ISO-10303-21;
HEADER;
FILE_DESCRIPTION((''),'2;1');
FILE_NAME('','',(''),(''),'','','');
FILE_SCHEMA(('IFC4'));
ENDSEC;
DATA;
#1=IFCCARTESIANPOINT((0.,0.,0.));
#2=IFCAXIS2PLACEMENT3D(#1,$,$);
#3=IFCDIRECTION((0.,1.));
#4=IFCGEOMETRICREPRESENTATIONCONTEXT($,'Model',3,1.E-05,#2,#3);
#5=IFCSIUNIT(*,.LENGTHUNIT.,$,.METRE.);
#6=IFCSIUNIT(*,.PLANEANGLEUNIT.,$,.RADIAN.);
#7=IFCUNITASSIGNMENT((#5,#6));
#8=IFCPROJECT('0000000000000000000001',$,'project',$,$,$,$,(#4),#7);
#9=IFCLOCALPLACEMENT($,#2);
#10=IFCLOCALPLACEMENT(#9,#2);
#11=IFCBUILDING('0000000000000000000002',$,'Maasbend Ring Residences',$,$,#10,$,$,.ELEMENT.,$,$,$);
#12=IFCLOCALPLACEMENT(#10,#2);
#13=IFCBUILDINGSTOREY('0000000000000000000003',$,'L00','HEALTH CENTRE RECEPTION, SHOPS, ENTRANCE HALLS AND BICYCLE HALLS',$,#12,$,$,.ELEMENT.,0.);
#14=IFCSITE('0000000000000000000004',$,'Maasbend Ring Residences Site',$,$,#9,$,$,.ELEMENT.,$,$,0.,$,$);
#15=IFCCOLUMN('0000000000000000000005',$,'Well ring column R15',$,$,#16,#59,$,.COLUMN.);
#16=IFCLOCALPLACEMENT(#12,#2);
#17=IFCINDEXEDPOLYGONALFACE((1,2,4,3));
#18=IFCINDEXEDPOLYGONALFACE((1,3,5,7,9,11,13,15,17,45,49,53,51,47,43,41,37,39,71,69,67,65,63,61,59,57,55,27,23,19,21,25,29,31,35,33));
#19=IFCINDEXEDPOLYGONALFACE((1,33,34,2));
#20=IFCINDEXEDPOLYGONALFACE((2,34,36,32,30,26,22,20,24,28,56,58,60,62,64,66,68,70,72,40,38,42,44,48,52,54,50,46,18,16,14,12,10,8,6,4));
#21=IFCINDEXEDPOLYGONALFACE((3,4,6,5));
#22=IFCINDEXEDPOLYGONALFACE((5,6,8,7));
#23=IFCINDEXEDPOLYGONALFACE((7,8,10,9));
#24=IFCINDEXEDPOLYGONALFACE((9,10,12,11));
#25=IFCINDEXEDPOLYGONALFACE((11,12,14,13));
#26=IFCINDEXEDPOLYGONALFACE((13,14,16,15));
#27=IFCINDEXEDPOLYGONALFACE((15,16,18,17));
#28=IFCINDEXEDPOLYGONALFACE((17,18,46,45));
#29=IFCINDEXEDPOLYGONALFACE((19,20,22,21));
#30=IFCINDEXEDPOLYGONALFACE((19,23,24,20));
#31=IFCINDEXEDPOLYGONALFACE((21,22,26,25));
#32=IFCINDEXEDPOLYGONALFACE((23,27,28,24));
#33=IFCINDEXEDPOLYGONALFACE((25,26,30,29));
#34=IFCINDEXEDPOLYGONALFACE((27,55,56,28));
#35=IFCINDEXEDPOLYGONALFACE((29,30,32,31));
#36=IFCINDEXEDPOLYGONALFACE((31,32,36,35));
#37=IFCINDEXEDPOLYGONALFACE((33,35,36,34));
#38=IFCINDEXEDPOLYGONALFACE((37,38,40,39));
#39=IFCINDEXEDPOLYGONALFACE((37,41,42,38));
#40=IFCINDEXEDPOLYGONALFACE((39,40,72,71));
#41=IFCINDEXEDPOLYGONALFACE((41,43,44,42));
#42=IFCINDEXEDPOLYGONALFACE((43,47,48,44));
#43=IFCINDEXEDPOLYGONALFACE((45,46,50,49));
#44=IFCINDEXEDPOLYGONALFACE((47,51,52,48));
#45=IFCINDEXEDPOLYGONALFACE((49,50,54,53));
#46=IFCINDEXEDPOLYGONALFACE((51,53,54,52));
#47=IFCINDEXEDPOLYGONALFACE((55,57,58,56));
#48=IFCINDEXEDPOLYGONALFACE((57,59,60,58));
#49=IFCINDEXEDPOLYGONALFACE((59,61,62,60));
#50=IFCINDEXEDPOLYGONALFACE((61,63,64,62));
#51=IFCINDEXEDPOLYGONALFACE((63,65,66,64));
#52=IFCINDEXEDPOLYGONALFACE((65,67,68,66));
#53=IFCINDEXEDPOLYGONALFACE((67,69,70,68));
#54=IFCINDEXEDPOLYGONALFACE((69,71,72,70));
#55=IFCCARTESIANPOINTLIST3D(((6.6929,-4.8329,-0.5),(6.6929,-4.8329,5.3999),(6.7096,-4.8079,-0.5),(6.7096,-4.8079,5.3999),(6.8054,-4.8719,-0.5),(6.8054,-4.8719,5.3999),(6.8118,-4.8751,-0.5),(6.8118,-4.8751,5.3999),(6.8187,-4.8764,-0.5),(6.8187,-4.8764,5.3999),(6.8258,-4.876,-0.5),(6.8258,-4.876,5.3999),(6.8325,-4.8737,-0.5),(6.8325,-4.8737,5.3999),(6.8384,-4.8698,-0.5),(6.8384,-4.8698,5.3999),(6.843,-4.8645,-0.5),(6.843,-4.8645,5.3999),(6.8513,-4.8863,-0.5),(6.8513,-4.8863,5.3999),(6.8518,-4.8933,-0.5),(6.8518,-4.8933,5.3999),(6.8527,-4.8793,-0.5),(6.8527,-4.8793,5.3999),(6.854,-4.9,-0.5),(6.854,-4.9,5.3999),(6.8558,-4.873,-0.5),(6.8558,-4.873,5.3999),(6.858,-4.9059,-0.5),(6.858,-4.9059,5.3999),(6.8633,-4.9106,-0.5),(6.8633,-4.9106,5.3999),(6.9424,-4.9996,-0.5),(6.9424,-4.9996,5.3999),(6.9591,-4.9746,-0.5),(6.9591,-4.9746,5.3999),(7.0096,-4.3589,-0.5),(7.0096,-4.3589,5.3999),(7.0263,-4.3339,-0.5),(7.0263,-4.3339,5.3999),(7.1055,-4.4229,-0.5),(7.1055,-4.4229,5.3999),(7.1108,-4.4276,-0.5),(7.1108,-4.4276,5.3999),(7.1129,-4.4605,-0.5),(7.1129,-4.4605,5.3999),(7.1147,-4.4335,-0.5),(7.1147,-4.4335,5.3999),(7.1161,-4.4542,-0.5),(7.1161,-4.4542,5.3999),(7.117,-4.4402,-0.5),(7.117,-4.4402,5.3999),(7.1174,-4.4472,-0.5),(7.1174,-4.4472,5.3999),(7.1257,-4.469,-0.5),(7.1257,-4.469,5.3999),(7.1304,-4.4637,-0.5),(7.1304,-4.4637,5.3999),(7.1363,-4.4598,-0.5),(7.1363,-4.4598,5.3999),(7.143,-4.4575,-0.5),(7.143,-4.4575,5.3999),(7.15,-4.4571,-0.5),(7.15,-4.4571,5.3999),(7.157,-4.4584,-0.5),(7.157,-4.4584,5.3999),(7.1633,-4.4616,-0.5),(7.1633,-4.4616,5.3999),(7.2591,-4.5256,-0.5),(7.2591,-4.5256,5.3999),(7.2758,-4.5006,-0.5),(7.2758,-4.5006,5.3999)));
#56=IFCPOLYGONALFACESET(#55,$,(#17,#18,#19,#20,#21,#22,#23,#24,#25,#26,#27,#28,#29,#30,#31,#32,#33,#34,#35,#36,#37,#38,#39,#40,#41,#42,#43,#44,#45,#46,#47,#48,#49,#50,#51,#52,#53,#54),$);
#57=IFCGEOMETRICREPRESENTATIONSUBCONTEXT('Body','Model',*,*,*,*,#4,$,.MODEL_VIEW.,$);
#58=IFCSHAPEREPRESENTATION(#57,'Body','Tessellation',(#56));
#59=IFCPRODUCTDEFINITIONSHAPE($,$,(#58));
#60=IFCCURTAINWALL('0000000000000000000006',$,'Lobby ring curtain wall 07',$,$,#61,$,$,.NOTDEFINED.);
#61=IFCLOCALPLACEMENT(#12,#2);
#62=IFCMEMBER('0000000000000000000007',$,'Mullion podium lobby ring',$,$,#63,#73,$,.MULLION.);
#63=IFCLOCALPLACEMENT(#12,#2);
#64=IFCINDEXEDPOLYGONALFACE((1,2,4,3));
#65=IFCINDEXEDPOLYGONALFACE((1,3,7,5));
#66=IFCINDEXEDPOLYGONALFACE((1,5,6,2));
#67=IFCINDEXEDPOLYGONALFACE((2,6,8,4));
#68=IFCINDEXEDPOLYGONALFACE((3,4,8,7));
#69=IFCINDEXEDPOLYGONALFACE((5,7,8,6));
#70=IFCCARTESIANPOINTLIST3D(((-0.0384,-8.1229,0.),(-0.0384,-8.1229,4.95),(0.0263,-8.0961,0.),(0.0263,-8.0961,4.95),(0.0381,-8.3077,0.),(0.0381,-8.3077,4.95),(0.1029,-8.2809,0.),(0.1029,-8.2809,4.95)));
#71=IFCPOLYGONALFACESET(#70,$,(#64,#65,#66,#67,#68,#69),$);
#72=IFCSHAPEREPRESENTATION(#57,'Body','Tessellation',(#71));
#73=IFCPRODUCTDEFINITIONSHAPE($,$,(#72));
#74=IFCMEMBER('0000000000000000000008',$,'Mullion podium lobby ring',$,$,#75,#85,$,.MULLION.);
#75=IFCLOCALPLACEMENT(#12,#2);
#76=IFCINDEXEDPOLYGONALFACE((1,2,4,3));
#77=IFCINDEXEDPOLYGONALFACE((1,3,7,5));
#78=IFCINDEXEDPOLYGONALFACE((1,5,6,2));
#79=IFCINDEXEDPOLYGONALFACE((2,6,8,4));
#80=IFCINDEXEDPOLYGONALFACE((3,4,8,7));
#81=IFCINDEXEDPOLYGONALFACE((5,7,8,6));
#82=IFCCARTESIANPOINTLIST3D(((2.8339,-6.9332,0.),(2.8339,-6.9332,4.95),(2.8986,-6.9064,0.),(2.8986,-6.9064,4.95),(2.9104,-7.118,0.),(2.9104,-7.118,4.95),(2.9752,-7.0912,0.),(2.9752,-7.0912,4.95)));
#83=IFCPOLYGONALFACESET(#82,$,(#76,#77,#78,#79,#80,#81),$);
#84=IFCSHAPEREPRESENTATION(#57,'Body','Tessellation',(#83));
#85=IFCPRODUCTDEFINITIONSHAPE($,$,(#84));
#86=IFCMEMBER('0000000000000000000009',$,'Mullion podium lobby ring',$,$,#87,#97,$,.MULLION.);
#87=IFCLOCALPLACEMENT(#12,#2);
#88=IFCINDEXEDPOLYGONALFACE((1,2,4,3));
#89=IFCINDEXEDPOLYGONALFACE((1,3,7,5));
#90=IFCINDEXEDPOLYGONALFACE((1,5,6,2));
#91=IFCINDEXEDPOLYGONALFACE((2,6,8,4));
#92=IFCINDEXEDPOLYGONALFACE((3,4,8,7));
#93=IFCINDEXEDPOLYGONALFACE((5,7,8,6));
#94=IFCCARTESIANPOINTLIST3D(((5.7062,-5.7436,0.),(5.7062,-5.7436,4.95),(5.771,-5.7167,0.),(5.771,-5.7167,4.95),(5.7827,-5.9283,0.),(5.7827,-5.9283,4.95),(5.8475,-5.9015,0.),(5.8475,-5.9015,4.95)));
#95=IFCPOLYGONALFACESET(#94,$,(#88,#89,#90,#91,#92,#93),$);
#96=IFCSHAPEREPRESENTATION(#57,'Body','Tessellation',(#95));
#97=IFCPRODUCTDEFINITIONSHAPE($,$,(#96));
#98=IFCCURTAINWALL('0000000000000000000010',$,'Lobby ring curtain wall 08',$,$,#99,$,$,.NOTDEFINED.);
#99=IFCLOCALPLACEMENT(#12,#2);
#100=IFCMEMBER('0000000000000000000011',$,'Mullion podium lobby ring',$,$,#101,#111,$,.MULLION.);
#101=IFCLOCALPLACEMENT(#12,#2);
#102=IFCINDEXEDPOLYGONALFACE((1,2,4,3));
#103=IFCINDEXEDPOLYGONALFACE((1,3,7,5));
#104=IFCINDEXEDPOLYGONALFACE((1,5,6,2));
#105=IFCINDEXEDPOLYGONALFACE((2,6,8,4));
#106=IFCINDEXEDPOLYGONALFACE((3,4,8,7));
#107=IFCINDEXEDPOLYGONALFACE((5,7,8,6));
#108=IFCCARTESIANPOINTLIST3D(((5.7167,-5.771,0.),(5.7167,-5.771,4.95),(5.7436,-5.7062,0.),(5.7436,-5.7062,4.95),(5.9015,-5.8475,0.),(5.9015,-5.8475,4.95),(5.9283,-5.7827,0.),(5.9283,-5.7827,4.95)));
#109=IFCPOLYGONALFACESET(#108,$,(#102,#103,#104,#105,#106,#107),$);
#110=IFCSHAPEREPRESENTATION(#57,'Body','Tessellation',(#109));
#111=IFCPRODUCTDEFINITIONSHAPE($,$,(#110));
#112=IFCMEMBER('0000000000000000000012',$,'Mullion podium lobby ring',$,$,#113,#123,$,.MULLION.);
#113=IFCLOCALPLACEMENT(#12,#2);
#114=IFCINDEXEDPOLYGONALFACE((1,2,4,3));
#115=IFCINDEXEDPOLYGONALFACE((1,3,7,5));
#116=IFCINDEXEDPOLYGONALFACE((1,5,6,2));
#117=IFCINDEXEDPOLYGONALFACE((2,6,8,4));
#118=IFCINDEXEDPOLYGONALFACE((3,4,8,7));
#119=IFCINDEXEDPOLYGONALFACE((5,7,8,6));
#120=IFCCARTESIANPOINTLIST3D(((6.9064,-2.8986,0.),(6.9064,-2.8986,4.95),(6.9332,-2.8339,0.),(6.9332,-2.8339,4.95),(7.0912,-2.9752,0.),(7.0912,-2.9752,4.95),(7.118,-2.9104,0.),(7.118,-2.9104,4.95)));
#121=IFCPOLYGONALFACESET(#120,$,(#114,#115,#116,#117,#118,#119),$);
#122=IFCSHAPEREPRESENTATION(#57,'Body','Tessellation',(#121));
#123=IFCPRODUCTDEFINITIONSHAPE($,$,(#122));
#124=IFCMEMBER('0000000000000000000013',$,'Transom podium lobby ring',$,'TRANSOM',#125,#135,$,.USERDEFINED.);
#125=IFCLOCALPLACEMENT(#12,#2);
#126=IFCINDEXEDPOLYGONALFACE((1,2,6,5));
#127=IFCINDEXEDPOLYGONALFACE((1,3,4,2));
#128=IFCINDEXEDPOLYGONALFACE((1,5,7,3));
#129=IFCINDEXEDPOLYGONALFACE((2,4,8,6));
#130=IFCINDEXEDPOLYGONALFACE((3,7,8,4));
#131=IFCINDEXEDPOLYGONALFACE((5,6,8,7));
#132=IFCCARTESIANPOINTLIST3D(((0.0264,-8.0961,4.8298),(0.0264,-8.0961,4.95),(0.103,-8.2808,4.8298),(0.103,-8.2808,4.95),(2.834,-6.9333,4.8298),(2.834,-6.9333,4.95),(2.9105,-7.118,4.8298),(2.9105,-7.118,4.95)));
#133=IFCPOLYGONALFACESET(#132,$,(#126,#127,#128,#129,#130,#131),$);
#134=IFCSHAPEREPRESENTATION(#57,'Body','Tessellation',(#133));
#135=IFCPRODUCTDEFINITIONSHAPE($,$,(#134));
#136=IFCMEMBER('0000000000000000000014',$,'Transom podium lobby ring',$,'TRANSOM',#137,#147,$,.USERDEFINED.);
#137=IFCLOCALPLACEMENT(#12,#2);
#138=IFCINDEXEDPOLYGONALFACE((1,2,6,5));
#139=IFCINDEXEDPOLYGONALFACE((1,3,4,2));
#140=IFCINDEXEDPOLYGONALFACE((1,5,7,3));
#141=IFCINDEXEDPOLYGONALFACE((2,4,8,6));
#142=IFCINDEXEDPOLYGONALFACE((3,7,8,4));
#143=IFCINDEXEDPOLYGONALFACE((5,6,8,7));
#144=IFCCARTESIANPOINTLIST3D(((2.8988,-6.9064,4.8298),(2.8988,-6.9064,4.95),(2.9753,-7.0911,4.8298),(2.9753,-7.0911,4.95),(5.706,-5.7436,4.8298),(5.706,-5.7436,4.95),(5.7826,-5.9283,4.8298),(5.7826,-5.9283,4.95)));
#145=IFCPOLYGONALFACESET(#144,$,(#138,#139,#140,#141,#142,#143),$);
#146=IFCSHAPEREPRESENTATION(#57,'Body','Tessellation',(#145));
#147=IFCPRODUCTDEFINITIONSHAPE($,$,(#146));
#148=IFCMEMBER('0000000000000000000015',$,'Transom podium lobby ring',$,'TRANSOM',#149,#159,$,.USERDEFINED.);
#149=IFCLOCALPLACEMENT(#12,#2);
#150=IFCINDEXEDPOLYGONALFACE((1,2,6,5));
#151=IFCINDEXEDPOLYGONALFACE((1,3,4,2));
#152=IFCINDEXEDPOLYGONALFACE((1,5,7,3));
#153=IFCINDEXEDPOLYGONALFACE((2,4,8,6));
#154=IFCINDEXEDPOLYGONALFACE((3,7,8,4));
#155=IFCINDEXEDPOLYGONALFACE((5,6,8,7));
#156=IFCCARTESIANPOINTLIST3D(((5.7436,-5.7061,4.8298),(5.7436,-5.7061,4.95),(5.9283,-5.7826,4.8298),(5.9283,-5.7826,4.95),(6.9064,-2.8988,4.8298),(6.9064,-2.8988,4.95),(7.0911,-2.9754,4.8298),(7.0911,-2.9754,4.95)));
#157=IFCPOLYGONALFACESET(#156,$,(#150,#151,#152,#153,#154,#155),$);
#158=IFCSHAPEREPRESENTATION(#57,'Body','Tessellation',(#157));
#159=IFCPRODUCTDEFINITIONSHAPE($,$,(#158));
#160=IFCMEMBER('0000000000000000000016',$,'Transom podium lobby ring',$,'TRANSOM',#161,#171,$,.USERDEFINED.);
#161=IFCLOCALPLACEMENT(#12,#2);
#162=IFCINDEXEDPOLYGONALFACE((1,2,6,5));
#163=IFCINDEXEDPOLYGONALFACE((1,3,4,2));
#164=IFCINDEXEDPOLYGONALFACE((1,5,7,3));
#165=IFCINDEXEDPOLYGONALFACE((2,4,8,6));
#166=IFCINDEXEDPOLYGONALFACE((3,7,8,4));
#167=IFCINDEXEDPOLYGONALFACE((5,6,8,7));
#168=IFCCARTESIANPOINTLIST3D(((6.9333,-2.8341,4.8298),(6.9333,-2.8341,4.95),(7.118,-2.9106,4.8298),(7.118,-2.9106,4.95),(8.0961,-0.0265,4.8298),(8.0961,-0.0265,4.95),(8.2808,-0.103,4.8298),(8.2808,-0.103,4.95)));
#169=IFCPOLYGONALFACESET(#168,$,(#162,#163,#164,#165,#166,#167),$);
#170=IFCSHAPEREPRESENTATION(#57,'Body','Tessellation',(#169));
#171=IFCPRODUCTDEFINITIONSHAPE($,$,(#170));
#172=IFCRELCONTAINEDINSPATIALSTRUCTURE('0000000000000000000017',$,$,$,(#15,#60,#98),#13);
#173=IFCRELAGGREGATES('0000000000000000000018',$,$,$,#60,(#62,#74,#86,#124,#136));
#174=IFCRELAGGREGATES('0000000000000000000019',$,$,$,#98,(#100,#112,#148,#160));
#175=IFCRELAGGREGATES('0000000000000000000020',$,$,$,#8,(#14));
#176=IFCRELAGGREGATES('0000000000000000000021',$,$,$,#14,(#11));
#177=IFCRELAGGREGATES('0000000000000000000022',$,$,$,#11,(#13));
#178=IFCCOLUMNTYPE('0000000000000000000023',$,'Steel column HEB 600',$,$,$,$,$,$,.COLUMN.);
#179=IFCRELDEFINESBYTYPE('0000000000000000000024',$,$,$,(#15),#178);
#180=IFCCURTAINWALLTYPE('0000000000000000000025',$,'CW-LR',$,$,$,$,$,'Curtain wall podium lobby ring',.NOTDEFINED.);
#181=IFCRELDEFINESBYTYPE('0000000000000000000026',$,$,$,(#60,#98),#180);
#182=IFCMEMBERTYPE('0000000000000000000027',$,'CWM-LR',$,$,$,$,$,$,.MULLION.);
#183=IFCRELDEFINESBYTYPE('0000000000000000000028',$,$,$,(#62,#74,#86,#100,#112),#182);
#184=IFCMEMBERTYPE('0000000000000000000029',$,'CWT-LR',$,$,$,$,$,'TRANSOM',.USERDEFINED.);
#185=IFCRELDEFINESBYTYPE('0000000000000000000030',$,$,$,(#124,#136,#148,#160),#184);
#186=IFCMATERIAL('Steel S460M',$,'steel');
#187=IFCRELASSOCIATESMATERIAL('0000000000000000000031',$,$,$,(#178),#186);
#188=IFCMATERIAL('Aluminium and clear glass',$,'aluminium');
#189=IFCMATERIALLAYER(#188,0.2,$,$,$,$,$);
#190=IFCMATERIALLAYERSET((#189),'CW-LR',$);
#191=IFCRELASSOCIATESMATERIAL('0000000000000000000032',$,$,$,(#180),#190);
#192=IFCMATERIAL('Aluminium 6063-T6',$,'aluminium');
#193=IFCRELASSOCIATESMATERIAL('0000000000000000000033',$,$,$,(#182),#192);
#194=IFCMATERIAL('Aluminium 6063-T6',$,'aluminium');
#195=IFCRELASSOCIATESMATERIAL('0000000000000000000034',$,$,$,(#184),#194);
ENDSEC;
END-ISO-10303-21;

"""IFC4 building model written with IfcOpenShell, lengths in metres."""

from ifc_helpers import new_model, si_unit, direction, frame, origin, origin_2d, place, context, subcontext, project, spatial, rectangle, i_section, extrude, material, layer, layer_set, material_profile, profile_set, type_object, element, aggregate, save


model = new_model("IFC4")

# Units and contexts
model_context = context("Model", 3, precision=1e-05, world=origin(), true_north=direction((0.0, 1.0)))
body_context = subcontext(model_context, "Body", "Model", "MODEL_VIEW")
ifc_project = project(units=[si_unit("LENGTHUNIT", "METRE"), si_unit("PLANEANGLEUNIT", "RADIAN")], contexts=[model_context])

# Site, building, storey
site_placement = place(None, origin())
site = spatial("IfcSite", under=ifc_project, at=site_placement, Name="Maasbend Ring Residences Site", CompositionType="ELEMENT", RefElevation=0.0)
building_placement = place(site_placement, origin())
building = spatial("IfcBuilding", under=site, at=building_placement, Name="Maasbend Ring Residences", CompositionType="ELEMENT")
storey_placement = place(building_placement, origin())
storey = spatial("IfcBuildingStorey", under=building, at=storey_placement, Name="L00", Description="HEALTH CENTRE RECEPTION, SHOPS, ENTRANCE HALLS AND BICYCLE HALLS", CompositionType="ELEMENT", Elevation=0.0)

# Column
ifc_material_1 = material(Name="Steel S460M", Category="steel")
ifc_material_profile_1 = material_profile(ifc_material_1, i_section(OverallWidth=0.3, OverallDepth=0.6001, WebThickness=0.0154, FlangeThickness=0.03, FilletRadius=0.0271, at=origin_2d()), Name="HEB 600")
ifc_profile_set_1 = profile_set([ifc_material_profile_1], Name="Steel S460M")
column_type = type_object("IfcColumnType", Name="Steel column HEB 600", PredefinedType="COLUMN", material=ifc_profile_set_1)
for number, where, z_axis, x_axis, name in (
    (1, (6.9844, -4.6667, -0.5), (0.0, 0.0, 1.0), (0.83147, -0.55557, 0.0), "Well ring column R15"),
):
    element("IfcColumn", number, at=place(storey_placement, frame(where, z_axis=z_axis, x_axis=x_axis)), inside=storey, type_object=column_type, Name=name, PredefinedType="COLUMN", context=body_context, shape_type="SweptSolid", body=[
        extrude(i_section(OverallWidth=0.3, OverallDepth=0.6001, WebThickness=0.0154, FlangeThickness=0.03, FilletRadius=0.0271, at=origin_2d()), origin(), (0.0, 0.0, 1.0), 5.8999),
    ])

# Curtain walls, members
ifc_material_2 = material(Name="Aluminium and clear glass", Category="aluminium")
ifc_layer_1 = layer(ifc_material_2, 0.2)
ifc_layer_set_1 = layer_set([ifc_layer_1], Name="CW-LR")
curtain_wall_type = type_object("IfcCurtainWallType", Name="CW-LR", ElementType="Curtain wall podium lobby ring", PredefinedType="NOTDEFINED", material=ifc_layer_set_1)
curtain_wall_1_placement = place(storey_placement, origin())
curtain_wall_1 = element("IfcCurtainWall", 2, at=curtain_wall_1_placement, inside=storey, type_object=curtain_wall_type, Name="Lobby ring curtain wall 07", PredefinedType="NOTDEFINED")
ifc_material_3 = material(Name="Aluminium 6063-T6", Category="aluminium")
ifc_material_profile_2 = material_profile(ifc_material_3, rectangle(XDim=0.2, YDim=0.0701, at=origin_2d()), Name="AL 200x70")
ifc_profile_set_2 = profile_set([ifc_material_profile_2], Name="Aluminium 6063-T6")
member_type_1 = type_object("IfcMemberType", Name="CWM-LR", PredefinedType="MULLION", material=ifc_profile_set_2)
member_1_placement = place(storey_placement, frame((0.0322, -8.2019, 0.0), z_axis=(0.0, 0.0, 1.0), x_axis=(-0.382683, 0.92388, 0.0)))
member_1 = element("IfcMember", 3, at=member_1_placement, type_object=member_type_1, Name="Mullion podium lobby ring", PredefinedType="MULLION", context=body_context, shape_type="SweptSolid", body=[
    extrude(rectangle(XDim=0.2, YDim=0.0701, at=origin_2d()), origin(), (0.0, 0.0, 1.0), 4.95),
])
member_2_placement = place(storey_placement, frame((2.9045, -7.0122, 0.0), z_axis=(0.0, 0.0, 1.0), x_axis=(-0.382683, 0.92388, 0.0)))
member_2 = element("IfcMember", 4, at=member_2_placement, type_object=member_type_1, Name="Mullion podium lobby ring", PredefinedType="MULLION", context=body_context, shape_type="SweptSolid", body=[
    extrude(rectangle(XDim=0.2, YDim=0.0701, at=origin_2d()), origin(), (0.0, 0.0, 1.0), 4.95),
])
member_3_placement = place(storey_placement, frame((5.7769, -5.8225, 0.0), z_axis=(0.0, 0.0, 1.0), x_axis=(-0.382683, 0.92388, 0.0)))
member_3 = element("IfcMember", 5, at=member_3_placement, type_object=member_type_1, Name="Mullion podium lobby ring", PredefinedType="MULLION", context=body_context, shape_type="SweptSolid", body=[
    extrude(rectangle(XDim=0.2, YDim=0.0701, at=origin_2d()), origin(), (0.0, 0.0, 1.0), 4.95),
])
curtain_wall_2_placement = place(storey_placement, origin())
curtain_wall_2 = element("IfcCurtainWall", 6, at=curtain_wall_2_placement, inside=storey, type_object=curtain_wall_type, Name="Lobby ring curtain wall 08", PredefinedType="NOTDEFINED")
member_4_placement = place(storey_placement, frame((5.8225, -5.7769, 0.0), z_axis=(0.0, 0.0, 1.0), x_axis=(-0.92388, 0.382683, 0.0)))
member_4 = element("IfcMember", 7, at=member_4_placement, type_object=member_type_1, Name="Mullion podium lobby ring", PredefinedType="MULLION", context=body_context, shape_type="SweptSolid", body=[
    extrude(rectangle(XDim=0.2, YDim=0.0701, at=origin_2d()), origin(), (0.0, 0.0, 1.0), 4.95),
])
member_5_placement = place(storey_placement, frame((7.0122, -2.9045, 0.0), z_axis=(0.0, 0.0, 1.0), x_axis=(-0.92388, 0.382683, 0.0)))
member_5 = element("IfcMember", 8, at=member_5_placement, type_object=member_type_1, Name="Mullion podium lobby ring", PredefinedType="MULLION", context=body_context, shape_type="SweptSolid", body=[
    extrude(rectangle(XDim=0.2, YDim=0.0701, at=origin_2d()), origin(), (0.0, 0.0, 1.0), 4.95),
])

# Members
ifc_material_4 = material(Name="Aluminium 6063-T6", Category="aluminium")
ifc_material_profile_3 = material_profile(ifc_material_4, rectangle(XDim=0.2, YDim=0.1201, at=origin_2d()), Name="AL 200x120")
ifc_profile_set_3 = profile_set([ifc_material_profile_3], Name="Aluminium 6063-T6")
member_type_2 = type_object("IfcMemberType", Name="CWT-LR", ElementType="TRANSOM", PredefinedType="USERDEFINED", material=ifc_profile_set_3)
member_6_placement = place(storey_placement, frame((0.0647, -8.1885, 4.8899), z_axis=(0.923892, 0.382652, 0.0), x_axis=(-0.382652, 0.923892, 0.0)))
member_6 = element("IfcMember", 9, at=member_6_placement, type_object=member_type_2, Name="Transom podium lobby ring", ObjectType="TRANSOM", PredefinedType="USERDEFINED", context=body_context, shape_type="SweptSolid", body=[
    extrude(rectangle(XDim=0.2, YDim=0.1201, at=origin_2d()), origin(), (0.0, 0.0, 1.0), 3.0388),
])
member_7_placement = place(storey_placement, frame((2.937, -6.9988, 4.8899), z_axis=(0.923881, 0.382681, 0.0), x_axis=(-0.382681, 0.923881, 0.0)))
member_7 = element("IfcMember", 10, at=member_7_placement, type_object=member_type_2, Name="Transom podium lobby ring", ObjectType="TRANSOM", PredefinedType="USERDEFINED", context=body_context, shape_type="SweptSolid", body=[
    extrude(rectangle(XDim=0.2, YDim=0.1201, at=origin_2d()), origin(), (0.0, 0.0, 1.0), 3.0386),
])
member_8_placement = place(storey_placement, frame((5.8359, -5.7444, 4.8899), z_axis=(0.382681, 0.923881, 0.0), x_axis=(-0.923881, 0.382681, 0.0)))
member_8 = element("IfcMember", 11, at=member_8_placement, type_object=member_type_2, Name="Transom podium lobby ring", ObjectType="TRANSOM", PredefinedType="USERDEFINED", context=body_context, shape_type="SweptSolid", body=[
    extrude(rectangle(XDim=0.2, YDim=0.1201, at=origin_2d()), origin(), (0.0, 0.0, 1.0), 3.0386),
])
member_9_placement = place(storey_placement, frame((7.0256, -2.8723, 4.8899), z_axis=(0.382652, 0.923892, 0.0), x_axis=(-0.923892, 0.382652, 0.0)))
member_9 = element("IfcMember", 12, at=member_9_placement, type_object=member_type_2, Name="Transom podium lobby ring", ObjectType="TRANSOM", PredefinedType="USERDEFINED", context=body_context, shape_type="SweptSolid", body=[
    extrude(rectangle(XDim=0.2, YDim=0.1201, at=origin_2d()), origin(), (0.0, 0.0, 1.0), 3.0388),
])

aggregate(curtain_wall_1, [member_1, member_2, member_3, member_6, member_7])
aggregate(curtain_wall_2, [member_4, member_5, member_8, member_9])

save(model, "model.ifc")
